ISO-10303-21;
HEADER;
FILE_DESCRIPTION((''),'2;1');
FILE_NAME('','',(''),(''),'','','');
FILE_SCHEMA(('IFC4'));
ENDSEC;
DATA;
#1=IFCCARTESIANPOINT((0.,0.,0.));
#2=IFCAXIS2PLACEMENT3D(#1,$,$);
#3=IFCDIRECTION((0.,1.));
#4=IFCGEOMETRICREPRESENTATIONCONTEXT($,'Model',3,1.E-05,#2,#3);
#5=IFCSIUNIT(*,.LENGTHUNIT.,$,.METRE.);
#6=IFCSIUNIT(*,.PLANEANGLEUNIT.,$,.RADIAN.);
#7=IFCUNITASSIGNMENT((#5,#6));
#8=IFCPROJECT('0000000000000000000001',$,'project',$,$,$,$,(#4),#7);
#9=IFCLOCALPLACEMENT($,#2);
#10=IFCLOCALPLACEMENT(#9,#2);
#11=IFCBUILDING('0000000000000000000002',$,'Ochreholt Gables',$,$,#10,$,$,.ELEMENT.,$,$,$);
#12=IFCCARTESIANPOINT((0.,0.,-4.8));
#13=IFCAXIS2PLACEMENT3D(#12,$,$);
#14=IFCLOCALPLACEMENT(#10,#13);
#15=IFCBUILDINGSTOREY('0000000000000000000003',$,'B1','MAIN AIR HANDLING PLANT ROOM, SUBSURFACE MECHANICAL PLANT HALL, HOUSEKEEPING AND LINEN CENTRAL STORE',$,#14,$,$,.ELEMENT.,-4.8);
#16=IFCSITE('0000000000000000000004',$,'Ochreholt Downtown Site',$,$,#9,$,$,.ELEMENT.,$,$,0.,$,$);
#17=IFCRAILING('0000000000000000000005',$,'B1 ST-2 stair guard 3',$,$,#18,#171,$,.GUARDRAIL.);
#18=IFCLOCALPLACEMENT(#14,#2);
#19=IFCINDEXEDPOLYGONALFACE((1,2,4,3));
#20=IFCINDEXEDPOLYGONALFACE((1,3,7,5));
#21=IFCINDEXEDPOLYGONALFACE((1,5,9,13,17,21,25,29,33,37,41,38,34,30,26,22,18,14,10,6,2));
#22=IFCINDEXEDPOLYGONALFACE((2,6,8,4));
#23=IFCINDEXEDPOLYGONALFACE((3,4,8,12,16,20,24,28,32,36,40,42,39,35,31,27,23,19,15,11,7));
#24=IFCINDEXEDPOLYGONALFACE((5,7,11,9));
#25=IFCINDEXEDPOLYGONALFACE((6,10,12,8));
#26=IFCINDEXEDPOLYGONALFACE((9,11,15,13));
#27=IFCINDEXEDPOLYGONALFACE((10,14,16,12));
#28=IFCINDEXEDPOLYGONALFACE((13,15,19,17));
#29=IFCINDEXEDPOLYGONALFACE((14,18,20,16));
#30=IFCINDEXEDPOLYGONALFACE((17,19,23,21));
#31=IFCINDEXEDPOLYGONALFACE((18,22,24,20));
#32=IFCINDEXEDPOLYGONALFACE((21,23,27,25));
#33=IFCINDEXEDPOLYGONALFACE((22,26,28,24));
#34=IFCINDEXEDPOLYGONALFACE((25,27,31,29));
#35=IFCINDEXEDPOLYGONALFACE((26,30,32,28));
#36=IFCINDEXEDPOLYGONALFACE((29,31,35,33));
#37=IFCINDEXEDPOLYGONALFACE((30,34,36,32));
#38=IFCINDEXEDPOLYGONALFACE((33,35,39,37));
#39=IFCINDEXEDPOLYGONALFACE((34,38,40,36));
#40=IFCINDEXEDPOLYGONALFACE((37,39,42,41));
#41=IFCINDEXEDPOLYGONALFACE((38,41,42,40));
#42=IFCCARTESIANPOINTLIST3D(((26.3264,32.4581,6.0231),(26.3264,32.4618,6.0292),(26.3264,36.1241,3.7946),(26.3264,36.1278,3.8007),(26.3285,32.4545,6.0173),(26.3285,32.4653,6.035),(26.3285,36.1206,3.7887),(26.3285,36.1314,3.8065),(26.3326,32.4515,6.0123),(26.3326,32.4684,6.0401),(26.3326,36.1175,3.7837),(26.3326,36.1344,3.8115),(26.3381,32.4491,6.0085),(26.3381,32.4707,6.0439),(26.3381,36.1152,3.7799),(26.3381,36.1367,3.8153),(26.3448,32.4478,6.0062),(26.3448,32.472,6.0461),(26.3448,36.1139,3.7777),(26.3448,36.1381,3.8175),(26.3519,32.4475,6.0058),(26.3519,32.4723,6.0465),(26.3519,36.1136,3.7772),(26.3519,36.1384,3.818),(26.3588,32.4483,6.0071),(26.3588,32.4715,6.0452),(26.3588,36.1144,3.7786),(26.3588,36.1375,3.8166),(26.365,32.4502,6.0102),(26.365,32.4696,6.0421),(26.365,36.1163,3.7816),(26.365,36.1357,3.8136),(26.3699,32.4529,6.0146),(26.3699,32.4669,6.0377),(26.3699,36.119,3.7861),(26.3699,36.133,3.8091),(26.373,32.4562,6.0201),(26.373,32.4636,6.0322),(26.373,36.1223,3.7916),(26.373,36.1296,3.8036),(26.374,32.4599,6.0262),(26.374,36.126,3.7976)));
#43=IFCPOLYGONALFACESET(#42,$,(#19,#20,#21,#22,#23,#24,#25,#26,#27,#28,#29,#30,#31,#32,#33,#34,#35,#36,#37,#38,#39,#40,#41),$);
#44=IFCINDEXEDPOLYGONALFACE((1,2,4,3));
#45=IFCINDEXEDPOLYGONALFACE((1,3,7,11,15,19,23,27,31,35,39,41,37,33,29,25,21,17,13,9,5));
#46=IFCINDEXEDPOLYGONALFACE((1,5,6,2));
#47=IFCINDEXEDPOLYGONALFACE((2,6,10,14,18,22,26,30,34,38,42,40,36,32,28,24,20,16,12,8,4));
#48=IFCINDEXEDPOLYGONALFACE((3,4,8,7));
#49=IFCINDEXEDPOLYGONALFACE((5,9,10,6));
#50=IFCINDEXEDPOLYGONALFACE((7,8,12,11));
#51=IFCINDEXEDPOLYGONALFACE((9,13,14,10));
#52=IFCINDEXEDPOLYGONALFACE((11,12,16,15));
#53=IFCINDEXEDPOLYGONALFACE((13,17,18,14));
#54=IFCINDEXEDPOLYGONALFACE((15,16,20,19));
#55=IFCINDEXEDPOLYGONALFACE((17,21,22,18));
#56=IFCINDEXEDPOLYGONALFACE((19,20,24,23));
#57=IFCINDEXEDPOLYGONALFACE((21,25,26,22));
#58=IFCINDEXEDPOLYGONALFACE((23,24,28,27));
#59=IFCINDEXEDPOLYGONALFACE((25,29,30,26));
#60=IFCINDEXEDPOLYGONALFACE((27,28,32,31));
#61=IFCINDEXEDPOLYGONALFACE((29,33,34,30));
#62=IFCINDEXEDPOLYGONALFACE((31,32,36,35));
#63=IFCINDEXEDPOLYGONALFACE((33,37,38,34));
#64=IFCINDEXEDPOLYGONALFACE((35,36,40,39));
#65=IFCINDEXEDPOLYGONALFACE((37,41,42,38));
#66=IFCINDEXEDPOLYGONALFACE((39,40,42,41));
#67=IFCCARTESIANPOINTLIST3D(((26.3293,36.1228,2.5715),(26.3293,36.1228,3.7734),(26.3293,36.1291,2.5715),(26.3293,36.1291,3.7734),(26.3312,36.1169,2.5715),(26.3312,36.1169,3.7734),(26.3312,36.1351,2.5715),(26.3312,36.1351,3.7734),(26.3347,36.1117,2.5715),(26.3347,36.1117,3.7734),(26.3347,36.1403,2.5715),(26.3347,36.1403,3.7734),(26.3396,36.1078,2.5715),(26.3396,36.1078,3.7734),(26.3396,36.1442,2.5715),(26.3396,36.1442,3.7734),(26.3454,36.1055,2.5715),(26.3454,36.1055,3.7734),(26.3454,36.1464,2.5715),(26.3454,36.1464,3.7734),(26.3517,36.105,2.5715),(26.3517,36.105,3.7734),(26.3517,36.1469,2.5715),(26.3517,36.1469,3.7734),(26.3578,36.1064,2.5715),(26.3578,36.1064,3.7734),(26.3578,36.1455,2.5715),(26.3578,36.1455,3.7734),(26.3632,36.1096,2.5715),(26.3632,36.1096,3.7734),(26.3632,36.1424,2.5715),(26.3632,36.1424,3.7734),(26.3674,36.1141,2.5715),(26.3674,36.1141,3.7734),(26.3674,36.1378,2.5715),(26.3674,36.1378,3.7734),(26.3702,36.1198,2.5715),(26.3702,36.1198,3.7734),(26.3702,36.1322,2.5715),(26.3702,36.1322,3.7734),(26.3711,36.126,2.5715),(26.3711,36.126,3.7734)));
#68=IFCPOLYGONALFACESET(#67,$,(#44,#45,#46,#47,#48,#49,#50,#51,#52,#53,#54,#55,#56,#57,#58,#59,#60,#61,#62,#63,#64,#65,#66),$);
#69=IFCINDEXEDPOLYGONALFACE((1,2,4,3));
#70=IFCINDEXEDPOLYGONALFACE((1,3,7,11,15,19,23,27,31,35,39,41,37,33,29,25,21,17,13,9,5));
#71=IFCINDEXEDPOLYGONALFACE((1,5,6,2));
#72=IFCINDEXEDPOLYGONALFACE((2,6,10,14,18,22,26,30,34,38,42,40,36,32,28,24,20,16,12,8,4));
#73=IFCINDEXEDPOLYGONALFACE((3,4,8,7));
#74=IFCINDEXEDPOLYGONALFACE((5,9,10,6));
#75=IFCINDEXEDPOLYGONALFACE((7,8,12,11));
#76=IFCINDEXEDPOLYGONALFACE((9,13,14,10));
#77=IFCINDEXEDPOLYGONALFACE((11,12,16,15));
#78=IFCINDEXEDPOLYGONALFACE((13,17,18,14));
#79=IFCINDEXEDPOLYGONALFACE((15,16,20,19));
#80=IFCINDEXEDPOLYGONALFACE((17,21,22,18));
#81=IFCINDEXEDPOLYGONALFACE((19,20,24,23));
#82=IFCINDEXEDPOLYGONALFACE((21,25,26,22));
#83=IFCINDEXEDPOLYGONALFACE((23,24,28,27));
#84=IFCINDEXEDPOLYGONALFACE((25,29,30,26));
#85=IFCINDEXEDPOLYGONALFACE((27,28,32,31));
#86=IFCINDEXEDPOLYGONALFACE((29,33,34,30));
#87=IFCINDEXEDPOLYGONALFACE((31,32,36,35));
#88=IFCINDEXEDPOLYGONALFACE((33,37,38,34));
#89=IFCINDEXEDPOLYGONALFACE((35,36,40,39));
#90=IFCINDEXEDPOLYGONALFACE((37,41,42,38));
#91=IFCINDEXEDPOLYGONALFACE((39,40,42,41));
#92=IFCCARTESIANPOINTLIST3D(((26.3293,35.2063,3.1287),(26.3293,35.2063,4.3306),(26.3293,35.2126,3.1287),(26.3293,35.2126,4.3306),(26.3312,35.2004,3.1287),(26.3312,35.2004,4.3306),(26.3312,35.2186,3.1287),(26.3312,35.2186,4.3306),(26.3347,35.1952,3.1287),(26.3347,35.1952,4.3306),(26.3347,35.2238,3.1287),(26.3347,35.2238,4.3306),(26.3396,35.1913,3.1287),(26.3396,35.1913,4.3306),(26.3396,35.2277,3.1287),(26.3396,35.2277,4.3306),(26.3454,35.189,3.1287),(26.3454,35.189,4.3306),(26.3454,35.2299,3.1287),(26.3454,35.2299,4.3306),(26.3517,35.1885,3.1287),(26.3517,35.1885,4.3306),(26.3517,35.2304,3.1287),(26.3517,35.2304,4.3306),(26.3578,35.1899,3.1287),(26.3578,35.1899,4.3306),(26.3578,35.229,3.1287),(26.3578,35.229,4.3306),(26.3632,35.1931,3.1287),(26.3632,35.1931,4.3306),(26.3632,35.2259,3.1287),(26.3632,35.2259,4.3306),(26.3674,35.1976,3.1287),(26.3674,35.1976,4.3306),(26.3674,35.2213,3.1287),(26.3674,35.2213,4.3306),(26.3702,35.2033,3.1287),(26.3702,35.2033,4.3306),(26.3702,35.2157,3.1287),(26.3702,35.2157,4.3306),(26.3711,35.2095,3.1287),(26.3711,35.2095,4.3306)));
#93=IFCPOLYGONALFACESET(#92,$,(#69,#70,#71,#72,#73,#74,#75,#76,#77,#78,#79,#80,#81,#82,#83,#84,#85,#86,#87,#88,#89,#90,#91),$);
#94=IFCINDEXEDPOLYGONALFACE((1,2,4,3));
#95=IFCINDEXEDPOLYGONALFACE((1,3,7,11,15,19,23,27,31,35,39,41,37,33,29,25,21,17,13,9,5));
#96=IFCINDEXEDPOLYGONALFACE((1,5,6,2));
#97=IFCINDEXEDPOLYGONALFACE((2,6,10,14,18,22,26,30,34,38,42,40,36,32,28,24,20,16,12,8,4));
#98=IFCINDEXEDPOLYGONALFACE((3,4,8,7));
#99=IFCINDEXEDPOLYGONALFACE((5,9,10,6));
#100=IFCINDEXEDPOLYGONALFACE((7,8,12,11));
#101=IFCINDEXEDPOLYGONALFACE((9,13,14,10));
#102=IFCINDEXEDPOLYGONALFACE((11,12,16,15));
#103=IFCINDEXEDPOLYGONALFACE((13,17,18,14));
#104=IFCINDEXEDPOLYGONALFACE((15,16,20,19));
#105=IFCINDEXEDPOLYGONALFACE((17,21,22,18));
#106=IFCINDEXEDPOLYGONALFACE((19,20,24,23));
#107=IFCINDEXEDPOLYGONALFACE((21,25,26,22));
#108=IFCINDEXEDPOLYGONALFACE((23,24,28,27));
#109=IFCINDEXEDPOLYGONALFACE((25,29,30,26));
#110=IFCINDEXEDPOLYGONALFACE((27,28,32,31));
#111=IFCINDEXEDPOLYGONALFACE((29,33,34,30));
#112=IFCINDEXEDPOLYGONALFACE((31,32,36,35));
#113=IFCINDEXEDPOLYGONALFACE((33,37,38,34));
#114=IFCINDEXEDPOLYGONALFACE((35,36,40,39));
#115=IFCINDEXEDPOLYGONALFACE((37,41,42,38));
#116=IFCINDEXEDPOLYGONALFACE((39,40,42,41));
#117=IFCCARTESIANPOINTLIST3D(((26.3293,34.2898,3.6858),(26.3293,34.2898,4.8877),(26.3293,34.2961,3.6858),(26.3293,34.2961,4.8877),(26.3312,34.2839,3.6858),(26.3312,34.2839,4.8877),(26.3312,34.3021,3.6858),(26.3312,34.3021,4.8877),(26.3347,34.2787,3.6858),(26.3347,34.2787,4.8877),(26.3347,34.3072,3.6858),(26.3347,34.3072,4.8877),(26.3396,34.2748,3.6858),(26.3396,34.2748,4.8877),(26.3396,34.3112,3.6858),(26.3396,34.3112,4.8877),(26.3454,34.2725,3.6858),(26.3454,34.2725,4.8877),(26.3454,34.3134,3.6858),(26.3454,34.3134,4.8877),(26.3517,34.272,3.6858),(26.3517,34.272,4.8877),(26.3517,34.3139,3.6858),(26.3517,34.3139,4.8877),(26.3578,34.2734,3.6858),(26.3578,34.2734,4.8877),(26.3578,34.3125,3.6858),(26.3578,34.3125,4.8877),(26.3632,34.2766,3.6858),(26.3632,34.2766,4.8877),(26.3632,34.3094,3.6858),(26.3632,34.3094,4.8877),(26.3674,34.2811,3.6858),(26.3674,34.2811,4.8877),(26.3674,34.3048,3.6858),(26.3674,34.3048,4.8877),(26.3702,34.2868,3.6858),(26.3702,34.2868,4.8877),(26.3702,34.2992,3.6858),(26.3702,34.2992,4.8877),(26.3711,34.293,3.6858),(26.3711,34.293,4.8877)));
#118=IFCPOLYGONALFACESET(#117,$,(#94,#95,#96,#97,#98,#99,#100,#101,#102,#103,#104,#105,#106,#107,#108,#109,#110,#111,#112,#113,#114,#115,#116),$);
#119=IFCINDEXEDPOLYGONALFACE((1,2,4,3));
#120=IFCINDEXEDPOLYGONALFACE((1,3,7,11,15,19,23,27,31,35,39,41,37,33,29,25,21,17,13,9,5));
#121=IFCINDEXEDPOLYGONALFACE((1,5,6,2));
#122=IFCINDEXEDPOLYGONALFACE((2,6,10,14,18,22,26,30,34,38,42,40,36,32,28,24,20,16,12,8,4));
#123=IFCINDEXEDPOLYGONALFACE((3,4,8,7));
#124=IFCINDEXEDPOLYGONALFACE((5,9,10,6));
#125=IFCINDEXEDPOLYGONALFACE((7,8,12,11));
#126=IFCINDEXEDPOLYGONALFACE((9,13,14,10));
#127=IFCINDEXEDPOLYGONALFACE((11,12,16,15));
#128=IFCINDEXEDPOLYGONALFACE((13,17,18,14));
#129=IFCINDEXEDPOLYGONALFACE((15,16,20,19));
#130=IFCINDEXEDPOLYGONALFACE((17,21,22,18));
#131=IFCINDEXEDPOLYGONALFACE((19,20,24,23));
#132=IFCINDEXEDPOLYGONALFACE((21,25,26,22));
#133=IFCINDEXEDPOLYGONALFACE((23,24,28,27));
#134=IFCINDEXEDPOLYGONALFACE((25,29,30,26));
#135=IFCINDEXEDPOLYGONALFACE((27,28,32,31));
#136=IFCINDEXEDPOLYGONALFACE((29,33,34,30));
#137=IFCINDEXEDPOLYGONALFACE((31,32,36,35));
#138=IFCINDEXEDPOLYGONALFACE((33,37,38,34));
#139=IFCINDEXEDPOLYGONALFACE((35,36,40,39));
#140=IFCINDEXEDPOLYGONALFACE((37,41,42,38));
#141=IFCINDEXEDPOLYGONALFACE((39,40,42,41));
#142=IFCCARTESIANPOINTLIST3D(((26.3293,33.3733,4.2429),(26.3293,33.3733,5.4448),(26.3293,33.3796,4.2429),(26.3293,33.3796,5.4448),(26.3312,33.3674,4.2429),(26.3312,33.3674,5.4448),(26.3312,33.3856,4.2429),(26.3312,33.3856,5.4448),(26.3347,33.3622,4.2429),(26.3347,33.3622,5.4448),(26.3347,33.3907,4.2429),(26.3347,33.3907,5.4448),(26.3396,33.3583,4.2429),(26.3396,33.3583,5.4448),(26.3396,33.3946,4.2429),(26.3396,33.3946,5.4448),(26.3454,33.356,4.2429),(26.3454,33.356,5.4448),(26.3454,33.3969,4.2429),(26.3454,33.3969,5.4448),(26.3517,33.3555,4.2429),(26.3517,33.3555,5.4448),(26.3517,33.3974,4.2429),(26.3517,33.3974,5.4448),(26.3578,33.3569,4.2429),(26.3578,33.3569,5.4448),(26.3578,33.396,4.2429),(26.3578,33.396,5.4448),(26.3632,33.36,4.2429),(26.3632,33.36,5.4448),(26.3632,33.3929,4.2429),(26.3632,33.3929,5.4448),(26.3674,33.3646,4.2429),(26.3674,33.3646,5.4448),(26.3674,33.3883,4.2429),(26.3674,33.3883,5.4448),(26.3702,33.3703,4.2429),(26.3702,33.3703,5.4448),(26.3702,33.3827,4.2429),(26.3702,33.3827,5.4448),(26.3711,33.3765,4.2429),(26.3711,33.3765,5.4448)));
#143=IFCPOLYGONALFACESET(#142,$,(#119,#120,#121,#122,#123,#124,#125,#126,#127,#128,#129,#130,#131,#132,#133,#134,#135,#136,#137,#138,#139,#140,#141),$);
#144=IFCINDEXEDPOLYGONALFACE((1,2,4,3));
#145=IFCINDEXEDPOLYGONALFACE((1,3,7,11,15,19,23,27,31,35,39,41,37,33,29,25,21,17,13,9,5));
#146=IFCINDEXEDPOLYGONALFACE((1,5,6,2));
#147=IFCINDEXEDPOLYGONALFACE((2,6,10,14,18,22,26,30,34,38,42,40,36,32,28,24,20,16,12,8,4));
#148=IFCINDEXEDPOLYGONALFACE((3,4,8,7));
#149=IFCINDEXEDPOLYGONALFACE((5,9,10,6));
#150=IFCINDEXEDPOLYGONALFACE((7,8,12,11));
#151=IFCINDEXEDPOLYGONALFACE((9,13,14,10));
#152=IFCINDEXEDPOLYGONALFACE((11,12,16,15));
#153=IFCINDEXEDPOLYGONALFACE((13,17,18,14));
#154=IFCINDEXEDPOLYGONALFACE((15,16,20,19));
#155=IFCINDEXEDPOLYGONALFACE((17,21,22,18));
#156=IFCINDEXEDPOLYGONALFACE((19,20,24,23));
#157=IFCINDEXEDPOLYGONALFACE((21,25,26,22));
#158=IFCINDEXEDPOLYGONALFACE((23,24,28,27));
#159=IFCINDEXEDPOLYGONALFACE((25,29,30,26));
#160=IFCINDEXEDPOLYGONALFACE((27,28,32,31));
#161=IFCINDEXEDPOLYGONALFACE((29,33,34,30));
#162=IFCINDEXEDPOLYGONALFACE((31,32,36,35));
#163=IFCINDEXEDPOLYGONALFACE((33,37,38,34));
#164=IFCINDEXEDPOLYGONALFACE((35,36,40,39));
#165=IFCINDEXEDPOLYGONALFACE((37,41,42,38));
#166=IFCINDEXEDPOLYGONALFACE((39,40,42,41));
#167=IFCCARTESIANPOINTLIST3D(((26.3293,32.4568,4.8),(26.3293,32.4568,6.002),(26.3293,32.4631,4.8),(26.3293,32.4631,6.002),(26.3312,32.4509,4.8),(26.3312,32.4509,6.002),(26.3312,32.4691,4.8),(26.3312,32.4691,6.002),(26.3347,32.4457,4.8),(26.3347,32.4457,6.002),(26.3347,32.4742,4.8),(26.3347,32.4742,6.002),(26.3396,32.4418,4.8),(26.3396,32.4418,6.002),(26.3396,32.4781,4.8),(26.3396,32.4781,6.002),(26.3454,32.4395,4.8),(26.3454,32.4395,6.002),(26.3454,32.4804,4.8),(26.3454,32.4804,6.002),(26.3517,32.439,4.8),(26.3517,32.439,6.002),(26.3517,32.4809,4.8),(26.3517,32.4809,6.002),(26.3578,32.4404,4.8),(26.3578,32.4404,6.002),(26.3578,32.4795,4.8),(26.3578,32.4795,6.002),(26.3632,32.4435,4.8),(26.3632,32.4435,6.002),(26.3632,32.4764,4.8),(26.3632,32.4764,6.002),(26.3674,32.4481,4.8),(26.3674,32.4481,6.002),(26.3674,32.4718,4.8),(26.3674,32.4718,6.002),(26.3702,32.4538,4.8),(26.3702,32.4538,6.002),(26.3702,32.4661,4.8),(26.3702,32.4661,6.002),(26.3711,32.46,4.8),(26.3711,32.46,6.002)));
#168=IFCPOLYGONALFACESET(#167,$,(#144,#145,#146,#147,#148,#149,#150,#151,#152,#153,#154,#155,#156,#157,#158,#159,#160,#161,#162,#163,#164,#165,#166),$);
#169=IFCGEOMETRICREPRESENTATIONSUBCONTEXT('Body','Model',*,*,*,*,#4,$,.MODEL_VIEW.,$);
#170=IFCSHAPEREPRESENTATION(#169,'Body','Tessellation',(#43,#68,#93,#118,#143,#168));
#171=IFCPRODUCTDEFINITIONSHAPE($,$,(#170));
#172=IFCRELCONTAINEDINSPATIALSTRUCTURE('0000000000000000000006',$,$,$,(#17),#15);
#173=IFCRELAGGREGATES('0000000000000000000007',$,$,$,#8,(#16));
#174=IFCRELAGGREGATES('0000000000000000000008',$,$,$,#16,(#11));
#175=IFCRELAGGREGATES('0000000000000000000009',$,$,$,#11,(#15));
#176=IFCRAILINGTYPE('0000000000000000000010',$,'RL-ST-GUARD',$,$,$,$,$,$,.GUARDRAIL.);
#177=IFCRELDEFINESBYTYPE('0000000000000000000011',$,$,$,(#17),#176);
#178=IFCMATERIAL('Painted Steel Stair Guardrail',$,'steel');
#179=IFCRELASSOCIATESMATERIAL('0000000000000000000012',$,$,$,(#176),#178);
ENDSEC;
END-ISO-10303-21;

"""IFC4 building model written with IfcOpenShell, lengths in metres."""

from ifc_helpers import new_model, si_unit, direction, frame, origin, origin_2d, place, context, subcontext, project, spatial, circle, extrude, material, type_object, element, save


model = new_model("IFC4")

# Units and contexts
model_context = context("Model", 3, precision=1e-05, world=origin(), true_north=direction((0.0, 1.0)))
body_context = subcontext(model_context, "Body", "Model", "MODEL_VIEW")
ifc_project = project(units=[si_unit("LENGTHUNIT", "METRE"), si_unit("PLANEANGLEUNIT", "RADIAN")], contexts=[model_context])

# Site, building, storey
site_placement = place(None, origin())
site = spatial("IfcSite", under=ifc_project, at=site_placement, Name="Ochreholt Downtown Site", CompositionType="ELEMENT", RefElevation=0.0)
building_placement = place(site_placement, origin())
building = spatial("IfcBuilding", under=site, at=building_placement, Name="Ochreholt Gables", CompositionType="ELEMENT")
storey_placement = place(building_placement, frame((0.0, 0.0, -4.8)))
storey = spatial("IfcBuildingStorey", under=building, at=storey_placement, Name="B1", Description="MAIN AIR HANDLING PLANT ROOM, SUBSURFACE MECHANICAL PLANT HALL, HOUSEKEEPING AND LINEN CENTRAL STORE", CompositionType="ELEMENT", Elevation=-4.8)

# Railing
ifc_material_1 = material(Name="Painted Steel Stair Guardrail", Category="steel")
railing_type_1 = type_object("IfcRailingType", Name="RL-ST-GUARD", PredefinedType="GUARDRAIL", material=ifc_material_1)
railing_1_placement = place(storey_placement, frame((26.3501, 36.126, 2.5715)))
element("IfcRailing", 1, at=railing_1_placement, inside=storey, type_object=railing_type_1, Name="B1 ST-2 stair guard 3", PredefinedType="GUARDRAIL", context=body_context, shape_type="SweptSolid", body=[
    extrude(circle(Radius=0.0239, at=origin_2d()), frame((0.0, 0.0, 1.2261), z_axis=(0.0, -0.854506, 0.519441), x_axis=(1.0, 0.0, 0.0)), (0.0, 0.0, 1.0), 4.2903),
    extrude(circle(Radius=0.021, at=origin_2d()), origin(), (0.0, 0.0, 1.0), 1.2019),
    extrude(circle(Radius=0.021, at=origin_2d()), frame((0.0, -0.9165, 0.5571)), (0.0, 0.0, 1.0), 1.2019),
    extrude(circle(Radius=0.021, at=origin_2d()), frame((0.0, -1.833, 1.1143)), (0.0, 0.0, 1.0), 1.2019),
    extrude(circle(Radius=0.021, at=origin_2d()), frame((0.0, -2.7495, 1.6714)), (0.0, 0.0, 1.0), 1.2019),
    extrude(circle(Radius=0.021, at=origin_2d()), frame((0.0, -3.666, 2.2285)), (0.0, 0.0, 1.0), 1.2019),
])

save(model, "model.ifc")
